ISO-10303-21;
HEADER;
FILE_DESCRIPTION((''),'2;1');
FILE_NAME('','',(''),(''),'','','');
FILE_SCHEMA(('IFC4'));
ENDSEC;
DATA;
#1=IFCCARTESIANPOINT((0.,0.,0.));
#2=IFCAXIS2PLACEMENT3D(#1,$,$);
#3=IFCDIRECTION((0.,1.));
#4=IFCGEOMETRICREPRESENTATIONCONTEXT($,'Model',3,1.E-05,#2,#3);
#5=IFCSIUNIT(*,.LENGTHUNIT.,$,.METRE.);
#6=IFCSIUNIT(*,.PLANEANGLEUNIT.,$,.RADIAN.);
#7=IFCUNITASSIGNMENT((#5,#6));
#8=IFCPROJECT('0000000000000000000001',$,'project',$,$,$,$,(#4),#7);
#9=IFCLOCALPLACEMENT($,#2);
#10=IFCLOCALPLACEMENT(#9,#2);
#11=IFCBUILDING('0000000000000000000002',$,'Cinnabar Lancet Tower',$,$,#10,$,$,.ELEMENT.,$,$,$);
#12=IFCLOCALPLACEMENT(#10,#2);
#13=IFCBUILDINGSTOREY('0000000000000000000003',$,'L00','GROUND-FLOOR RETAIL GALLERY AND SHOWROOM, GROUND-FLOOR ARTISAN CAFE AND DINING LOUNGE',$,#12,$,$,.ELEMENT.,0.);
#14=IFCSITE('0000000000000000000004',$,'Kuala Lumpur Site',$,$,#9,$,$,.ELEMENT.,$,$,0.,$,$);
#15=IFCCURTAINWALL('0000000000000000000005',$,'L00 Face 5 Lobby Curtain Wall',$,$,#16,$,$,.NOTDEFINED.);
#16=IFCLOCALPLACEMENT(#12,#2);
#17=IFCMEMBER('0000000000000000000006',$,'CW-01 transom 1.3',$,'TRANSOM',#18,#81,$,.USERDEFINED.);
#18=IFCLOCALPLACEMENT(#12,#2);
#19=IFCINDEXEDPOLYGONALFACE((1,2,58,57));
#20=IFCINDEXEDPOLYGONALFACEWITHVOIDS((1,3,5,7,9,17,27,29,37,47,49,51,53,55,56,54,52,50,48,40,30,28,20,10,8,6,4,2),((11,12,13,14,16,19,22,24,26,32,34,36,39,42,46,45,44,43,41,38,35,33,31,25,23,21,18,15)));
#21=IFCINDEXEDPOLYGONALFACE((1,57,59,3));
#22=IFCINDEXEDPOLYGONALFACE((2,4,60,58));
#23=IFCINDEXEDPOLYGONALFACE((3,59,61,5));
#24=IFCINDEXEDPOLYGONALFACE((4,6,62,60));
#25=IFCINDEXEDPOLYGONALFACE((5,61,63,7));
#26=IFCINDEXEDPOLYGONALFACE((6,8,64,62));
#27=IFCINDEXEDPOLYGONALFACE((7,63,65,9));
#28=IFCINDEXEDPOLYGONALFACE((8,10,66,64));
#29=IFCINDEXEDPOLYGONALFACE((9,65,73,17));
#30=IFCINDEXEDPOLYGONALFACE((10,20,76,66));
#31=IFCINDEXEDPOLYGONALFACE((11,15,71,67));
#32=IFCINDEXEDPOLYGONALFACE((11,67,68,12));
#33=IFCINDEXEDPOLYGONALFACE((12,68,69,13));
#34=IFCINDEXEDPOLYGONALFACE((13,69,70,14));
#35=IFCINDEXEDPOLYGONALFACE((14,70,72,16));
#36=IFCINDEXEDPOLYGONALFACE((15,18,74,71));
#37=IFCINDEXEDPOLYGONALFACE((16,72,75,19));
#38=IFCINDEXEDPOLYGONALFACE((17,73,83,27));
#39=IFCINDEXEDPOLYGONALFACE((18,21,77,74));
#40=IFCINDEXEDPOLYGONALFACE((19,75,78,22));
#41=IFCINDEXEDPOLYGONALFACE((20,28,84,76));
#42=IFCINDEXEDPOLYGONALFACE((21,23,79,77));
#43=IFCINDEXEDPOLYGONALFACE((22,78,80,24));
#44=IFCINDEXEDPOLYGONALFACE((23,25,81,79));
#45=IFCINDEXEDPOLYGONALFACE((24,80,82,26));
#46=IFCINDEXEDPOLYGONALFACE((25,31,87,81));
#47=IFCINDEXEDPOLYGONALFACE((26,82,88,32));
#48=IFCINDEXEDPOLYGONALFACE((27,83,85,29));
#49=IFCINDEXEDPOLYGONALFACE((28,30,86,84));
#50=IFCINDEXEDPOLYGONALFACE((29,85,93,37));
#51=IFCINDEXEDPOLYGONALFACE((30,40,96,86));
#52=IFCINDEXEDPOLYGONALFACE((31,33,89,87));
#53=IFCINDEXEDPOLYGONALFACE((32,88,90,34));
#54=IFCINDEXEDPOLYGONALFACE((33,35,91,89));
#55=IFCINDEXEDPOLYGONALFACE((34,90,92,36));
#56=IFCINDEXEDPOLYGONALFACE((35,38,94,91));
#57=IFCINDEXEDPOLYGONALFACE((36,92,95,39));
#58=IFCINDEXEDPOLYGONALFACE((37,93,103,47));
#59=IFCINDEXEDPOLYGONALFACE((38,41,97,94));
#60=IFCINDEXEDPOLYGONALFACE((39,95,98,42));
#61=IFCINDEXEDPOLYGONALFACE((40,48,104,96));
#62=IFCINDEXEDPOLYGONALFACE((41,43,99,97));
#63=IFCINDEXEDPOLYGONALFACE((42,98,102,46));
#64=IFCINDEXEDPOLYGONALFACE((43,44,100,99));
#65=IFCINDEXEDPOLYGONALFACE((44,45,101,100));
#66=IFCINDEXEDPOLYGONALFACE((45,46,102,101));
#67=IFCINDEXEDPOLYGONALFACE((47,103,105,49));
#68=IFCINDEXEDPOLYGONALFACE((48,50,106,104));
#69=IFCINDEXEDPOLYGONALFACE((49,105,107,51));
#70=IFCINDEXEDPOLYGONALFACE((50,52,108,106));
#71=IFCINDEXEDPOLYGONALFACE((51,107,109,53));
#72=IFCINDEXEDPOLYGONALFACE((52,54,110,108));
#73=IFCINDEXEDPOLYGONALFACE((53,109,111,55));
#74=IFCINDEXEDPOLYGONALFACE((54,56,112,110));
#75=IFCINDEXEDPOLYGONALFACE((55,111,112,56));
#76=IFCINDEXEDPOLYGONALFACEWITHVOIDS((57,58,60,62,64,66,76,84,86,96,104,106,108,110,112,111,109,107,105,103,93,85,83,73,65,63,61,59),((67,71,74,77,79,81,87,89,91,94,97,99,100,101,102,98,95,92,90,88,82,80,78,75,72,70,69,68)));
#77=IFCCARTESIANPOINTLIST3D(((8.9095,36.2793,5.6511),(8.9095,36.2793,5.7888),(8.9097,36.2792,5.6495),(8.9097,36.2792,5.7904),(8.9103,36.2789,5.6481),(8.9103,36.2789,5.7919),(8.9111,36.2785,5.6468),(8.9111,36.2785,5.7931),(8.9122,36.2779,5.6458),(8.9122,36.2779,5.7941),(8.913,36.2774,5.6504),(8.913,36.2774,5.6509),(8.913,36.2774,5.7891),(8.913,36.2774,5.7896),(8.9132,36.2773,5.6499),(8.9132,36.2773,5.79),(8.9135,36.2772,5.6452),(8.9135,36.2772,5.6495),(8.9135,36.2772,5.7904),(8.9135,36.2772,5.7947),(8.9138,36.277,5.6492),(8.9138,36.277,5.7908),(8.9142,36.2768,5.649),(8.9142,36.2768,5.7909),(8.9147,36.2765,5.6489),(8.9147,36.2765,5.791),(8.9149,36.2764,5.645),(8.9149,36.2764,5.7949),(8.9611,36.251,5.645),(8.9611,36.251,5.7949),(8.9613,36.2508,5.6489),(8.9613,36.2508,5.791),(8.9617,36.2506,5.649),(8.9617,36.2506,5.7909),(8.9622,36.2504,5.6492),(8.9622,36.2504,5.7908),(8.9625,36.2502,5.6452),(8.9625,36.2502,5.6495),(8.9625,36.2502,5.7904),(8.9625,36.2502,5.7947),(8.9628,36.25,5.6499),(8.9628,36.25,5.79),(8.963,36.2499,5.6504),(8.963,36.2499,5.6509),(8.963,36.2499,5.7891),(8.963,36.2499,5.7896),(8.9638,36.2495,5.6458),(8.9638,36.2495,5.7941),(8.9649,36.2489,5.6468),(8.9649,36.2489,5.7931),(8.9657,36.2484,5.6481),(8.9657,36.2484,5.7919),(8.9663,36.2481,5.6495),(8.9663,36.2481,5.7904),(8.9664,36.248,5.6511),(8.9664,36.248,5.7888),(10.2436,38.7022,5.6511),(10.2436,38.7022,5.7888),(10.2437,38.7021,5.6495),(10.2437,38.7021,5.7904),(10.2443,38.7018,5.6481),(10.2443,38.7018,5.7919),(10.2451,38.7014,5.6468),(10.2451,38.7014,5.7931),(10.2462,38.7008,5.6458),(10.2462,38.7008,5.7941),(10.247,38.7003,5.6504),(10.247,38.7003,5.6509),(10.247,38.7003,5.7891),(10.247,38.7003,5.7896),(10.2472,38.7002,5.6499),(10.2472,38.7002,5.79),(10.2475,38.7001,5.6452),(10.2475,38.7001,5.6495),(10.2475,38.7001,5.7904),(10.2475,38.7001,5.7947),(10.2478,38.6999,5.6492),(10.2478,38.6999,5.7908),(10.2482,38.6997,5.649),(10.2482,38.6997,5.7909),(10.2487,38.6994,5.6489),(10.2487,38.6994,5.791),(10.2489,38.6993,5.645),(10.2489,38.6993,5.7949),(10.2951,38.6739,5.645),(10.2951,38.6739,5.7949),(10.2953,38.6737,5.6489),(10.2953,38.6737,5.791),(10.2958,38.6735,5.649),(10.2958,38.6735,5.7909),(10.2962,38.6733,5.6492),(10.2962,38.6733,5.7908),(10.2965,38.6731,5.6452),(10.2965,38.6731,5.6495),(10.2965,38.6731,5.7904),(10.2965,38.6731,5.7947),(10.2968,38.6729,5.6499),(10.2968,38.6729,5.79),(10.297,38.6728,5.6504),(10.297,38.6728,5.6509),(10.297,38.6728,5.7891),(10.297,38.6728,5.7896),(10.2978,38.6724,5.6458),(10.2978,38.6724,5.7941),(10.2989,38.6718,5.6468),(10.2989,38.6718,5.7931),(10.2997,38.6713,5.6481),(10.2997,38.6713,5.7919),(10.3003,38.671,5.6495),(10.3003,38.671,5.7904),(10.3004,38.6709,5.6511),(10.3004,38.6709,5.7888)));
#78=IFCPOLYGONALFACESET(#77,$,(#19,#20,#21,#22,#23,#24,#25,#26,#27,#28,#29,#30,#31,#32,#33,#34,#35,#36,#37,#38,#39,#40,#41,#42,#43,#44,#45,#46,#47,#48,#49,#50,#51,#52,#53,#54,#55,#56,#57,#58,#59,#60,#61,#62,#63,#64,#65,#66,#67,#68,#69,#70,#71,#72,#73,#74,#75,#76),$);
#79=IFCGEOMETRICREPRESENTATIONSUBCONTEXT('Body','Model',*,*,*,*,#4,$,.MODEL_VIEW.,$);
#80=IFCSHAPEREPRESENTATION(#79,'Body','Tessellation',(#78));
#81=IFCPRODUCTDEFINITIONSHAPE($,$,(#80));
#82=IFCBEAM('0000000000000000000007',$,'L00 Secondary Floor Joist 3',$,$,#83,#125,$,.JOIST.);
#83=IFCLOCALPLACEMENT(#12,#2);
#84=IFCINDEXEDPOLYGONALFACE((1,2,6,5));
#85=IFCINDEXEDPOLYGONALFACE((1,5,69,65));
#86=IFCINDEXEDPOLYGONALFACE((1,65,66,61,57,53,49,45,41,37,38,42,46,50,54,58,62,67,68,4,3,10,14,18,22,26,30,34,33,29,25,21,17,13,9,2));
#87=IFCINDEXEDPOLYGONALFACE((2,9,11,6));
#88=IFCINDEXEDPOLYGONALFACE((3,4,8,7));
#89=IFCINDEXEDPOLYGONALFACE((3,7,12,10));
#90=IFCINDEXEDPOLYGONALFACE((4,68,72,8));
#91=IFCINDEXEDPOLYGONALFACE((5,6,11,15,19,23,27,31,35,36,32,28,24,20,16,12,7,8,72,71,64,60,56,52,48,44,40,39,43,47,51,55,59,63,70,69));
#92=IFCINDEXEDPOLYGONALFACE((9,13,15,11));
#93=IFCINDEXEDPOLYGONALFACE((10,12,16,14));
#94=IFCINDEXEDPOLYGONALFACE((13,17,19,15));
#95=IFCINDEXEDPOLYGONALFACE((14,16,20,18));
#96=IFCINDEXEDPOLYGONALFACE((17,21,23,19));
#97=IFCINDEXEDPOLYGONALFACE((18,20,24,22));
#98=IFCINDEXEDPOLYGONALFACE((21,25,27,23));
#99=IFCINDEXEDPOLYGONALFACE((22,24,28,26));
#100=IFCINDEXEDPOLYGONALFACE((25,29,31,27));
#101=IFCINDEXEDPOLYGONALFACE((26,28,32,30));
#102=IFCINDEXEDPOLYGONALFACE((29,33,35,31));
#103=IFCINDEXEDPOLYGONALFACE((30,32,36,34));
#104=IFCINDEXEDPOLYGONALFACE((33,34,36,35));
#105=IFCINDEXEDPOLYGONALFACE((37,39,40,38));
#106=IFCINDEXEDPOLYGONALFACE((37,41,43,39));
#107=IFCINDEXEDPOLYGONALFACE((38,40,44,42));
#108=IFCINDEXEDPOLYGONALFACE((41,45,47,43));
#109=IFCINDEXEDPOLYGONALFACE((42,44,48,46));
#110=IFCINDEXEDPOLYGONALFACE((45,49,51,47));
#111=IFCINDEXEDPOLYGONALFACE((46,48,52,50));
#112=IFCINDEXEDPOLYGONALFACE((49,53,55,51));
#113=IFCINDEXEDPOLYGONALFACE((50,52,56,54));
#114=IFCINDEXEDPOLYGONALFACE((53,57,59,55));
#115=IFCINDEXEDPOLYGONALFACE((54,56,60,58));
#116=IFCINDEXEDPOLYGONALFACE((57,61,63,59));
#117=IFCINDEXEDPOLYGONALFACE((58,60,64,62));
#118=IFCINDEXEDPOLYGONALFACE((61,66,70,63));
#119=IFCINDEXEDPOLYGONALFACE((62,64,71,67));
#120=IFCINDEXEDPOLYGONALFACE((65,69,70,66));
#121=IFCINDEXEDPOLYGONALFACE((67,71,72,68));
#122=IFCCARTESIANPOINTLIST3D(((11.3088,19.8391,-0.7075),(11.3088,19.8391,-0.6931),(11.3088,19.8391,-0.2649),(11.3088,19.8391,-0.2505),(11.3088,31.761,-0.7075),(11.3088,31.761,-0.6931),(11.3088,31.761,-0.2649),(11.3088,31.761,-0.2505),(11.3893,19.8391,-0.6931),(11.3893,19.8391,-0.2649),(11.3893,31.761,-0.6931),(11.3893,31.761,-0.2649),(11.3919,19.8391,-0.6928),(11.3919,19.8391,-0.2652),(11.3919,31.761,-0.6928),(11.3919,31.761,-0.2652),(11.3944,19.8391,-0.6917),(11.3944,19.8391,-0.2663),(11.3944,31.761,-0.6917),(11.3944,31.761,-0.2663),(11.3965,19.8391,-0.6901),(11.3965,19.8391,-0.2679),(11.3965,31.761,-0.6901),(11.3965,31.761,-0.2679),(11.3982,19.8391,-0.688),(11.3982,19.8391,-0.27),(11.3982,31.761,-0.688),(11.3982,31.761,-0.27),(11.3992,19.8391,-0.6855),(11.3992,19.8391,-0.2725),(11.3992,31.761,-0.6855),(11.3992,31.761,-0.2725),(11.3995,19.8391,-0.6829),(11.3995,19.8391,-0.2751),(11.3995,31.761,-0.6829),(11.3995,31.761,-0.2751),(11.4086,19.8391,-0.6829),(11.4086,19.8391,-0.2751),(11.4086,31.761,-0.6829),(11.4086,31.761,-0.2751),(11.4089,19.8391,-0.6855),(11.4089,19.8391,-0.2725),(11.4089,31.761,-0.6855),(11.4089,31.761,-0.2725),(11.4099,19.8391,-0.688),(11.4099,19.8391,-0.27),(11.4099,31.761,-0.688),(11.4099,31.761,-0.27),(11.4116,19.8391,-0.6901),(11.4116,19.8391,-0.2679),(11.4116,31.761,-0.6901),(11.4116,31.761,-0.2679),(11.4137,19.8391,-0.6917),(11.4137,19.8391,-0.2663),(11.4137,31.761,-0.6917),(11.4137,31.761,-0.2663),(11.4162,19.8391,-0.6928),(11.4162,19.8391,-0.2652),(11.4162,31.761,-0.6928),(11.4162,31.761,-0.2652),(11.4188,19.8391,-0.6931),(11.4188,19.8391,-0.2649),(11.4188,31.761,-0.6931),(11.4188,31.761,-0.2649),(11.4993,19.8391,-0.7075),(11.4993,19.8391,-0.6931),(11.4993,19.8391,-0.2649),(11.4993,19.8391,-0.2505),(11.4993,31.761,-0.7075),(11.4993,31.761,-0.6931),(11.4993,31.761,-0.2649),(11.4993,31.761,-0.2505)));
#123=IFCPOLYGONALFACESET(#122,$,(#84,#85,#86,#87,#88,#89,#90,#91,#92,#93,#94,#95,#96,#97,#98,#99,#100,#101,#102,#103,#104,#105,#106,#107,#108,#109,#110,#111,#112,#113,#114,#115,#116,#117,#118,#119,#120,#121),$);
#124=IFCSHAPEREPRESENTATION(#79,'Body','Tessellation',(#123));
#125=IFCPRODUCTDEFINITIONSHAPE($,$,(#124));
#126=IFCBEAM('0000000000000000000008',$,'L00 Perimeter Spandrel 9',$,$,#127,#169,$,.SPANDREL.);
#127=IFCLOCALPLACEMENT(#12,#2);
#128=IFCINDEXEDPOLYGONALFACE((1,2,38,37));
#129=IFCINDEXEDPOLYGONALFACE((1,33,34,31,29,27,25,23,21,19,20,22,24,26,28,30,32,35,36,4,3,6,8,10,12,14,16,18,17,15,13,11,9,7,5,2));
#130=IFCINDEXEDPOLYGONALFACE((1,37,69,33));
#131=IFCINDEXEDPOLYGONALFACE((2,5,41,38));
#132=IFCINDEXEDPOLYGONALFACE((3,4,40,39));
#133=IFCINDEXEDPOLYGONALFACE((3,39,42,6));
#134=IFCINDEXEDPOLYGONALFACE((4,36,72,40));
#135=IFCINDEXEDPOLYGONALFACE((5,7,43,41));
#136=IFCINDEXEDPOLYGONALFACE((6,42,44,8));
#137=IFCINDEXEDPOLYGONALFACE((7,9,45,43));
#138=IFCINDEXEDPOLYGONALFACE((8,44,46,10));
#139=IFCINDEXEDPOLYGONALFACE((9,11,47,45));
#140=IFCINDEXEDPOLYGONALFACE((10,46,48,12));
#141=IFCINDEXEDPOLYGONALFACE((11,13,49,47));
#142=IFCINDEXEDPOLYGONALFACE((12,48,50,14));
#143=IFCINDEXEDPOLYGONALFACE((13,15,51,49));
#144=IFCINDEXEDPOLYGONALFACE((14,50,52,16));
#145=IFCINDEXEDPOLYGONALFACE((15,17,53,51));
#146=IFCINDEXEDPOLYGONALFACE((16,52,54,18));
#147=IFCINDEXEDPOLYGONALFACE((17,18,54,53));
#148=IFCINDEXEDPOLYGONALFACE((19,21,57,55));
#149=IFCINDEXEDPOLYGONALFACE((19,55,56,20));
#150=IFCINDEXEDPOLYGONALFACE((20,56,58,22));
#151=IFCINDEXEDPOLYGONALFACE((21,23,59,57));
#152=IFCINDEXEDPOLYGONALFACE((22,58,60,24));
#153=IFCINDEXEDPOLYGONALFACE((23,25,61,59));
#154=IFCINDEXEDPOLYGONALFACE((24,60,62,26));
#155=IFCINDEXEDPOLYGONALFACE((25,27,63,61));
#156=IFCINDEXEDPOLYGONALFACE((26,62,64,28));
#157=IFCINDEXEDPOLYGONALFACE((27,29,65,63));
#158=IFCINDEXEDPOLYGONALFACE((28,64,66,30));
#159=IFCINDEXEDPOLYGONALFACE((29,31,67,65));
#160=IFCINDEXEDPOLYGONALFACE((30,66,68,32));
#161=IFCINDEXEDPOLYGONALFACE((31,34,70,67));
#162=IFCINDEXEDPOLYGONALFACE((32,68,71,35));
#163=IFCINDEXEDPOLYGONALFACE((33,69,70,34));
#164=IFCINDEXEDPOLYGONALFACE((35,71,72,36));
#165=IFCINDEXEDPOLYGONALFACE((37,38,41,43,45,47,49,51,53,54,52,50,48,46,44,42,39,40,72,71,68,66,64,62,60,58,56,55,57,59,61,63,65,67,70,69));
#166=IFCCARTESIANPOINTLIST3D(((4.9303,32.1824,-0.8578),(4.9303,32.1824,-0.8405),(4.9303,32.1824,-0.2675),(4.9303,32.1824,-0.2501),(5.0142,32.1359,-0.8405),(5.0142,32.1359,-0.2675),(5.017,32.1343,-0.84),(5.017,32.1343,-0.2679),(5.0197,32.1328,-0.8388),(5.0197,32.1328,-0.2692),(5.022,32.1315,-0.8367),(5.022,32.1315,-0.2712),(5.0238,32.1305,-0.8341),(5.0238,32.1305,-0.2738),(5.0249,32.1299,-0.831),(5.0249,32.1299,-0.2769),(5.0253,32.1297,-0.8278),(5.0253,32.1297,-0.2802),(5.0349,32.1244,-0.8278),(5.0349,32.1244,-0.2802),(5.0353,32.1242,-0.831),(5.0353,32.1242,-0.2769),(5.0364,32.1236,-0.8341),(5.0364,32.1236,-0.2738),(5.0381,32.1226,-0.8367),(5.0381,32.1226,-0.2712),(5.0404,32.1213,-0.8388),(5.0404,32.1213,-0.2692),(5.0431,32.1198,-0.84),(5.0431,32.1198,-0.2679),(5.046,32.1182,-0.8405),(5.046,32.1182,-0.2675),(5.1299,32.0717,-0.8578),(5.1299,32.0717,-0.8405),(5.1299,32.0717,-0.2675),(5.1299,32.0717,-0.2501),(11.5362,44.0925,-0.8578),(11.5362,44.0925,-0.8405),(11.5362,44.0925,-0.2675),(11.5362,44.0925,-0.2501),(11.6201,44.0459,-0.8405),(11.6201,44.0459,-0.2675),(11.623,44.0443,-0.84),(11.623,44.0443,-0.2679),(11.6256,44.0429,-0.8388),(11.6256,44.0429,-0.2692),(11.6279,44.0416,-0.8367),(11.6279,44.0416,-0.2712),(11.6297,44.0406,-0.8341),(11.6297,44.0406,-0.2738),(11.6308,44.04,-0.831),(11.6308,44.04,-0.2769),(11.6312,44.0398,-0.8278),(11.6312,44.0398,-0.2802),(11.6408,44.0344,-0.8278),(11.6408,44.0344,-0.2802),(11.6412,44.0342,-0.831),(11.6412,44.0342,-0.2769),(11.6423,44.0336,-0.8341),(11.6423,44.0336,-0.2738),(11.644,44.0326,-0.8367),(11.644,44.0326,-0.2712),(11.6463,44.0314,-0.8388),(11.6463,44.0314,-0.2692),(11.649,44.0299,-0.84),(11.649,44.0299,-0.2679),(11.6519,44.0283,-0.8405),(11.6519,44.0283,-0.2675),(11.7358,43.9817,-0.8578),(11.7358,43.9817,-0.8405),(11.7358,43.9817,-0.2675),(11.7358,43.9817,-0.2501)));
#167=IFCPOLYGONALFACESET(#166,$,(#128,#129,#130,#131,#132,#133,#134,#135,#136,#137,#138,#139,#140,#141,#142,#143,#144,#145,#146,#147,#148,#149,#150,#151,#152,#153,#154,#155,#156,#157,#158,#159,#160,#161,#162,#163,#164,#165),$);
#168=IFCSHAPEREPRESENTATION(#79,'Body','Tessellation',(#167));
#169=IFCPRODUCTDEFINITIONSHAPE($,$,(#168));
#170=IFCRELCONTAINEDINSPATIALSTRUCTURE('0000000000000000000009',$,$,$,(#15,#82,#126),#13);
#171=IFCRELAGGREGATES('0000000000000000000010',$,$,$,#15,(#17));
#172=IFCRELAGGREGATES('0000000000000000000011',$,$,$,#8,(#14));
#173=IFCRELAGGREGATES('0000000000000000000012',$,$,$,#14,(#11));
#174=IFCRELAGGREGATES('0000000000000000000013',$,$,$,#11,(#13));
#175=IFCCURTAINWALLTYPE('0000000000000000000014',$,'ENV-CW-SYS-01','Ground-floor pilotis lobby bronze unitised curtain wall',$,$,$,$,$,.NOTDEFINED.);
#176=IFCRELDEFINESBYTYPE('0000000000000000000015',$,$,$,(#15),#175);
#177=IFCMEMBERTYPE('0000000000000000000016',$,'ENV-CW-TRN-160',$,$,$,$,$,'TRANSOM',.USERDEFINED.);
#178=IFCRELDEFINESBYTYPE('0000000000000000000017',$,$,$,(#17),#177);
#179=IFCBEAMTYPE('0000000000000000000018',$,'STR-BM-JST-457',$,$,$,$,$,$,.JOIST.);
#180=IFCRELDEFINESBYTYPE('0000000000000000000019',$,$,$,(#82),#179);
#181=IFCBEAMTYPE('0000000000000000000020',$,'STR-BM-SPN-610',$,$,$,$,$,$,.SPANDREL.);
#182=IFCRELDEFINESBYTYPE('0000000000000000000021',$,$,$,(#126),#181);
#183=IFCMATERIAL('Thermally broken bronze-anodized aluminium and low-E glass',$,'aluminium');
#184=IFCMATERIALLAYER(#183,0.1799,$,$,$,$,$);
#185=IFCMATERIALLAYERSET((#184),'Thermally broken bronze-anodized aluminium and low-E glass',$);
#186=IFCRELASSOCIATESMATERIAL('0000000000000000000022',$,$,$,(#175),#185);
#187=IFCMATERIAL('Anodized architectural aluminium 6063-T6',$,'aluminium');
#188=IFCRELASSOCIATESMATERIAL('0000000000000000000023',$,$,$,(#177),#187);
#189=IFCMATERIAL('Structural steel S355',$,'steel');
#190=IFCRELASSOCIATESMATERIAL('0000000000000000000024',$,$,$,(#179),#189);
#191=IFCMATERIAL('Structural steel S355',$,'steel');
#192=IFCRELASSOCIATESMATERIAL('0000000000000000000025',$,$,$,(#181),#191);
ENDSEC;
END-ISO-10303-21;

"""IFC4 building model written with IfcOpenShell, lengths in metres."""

from ifc_helpers import new_model, si_unit, direction, frame, origin, origin_2d, place, context, subcontext, project, spatial, hollow_rectangle, i_section, extrude, material, layer, layer_set, material_profile, profile_set, type_object, element, aggregate, save


model = new_model("IFC4")

# Units and contexts
model_context = context("Model", 3, precision=1e-05, world=origin(), true_north=direction((0.0, 1.0)))
body_context = subcontext(model_context, "Body", "Model", "MODEL_VIEW")
ifc_project = project(units=[si_unit("LENGTHUNIT", "METRE"), si_unit("PLANEANGLEUNIT", "RADIAN")], contexts=[model_context])

# Site, building, storey
site_placement = place(None, origin())
site = spatial("IfcSite", under=ifc_project, at=site_placement, Name="Kuala Lumpur Site", CompositionType="ELEMENT", RefElevation=0.0)
building_placement = place(site_placement, origin())
building = spatial("IfcBuilding", under=site, at=building_placement, Name="Cinnabar Lancet Tower", CompositionType="ELEMENT")
storey_placement = place(building_placement, origin())
storey = spatial("IfcBuildingStorey", under=building, at=storey_placement, Name="L00", Description="GROUND-FLOOR RETAIL GALLERY AND SHOWROOM, GROUND-FLOOR ARTISAN CAFE AND DINING LOUNGE", CompositionType="ELEMENT", Elevation=0.0)

# Curtain wall, member
ifc_material_1 = material(Name="Thermally broken bronze-anodized aluminium and low-E glass", Category="aluminium")
ifc_layer_1 = layer(ifc_material_1, 0.1799)
ifc_layer_set_1 = layer_set([ifc_layer_1], Name="Thermally broken bronze-anodized aluminium and low-E glass")
curtain_wall_type = type_object("IfcCurtainWallType", Name="ENV-CW-SYS-01", Description="Ground-floor pilotis lobby bronze unitised curtain wall", PredefinedType="NOTDEFINED", material=ifc_layer_set_1)
curtain_wall_placement = place(storey_placement, origin())
curtain_wall = element("IfcCurtainWall", 1, at=curtain_wall_placement, inside=storey, type_object=curtain_wall_type, Name="L00 Face 5 Lobby Curtain Wall", PredefinedType="NOTDEFINED")
ifc_material_2 = material(Name="Anodized architectural aluminium 6063-T6", Category="aluminium")
ifc_material_profile_1 = material_profile(ifc_material_2, hollow_rectangle(XDim=0.0649, YDim=0.1499, WallThickness=0.0039, InnerFilletRadius=0.002, OuterFilletRadius=0.0061, at=origin_2d()), Name="CW-TRN 150x65x4")
ifc_profile_set_1 = profile_set([ifc_material_profile_1], Name="Anodized architectural aluminium 6063-T6")
member_type_1 = type_object("IfcMemberType", Name="ENV-CW-TRN-160", ElementType="TRANSOM", PredefinedType="USERDEFINED", material=ifc_profile_set_1)
member_1_placement = place(storey_placement, frame((8.938, 36.2637, 5.72), z_axis=(0.482312, 0.876, 0.0), x_axis=(-0.876, 0.482312, 0.0)))
member_1 = element("IfcMember", 2, at=member_1_placement, type_object=member_type_1, Name="CW-01 transom 1.3", ObjectType="TRANSOM", PredefinedType="USERDEFINED", context=body_context, shape_type="SweptSolid", body=[
    extrude(hollow_rectangle(XDim=0.0649, YDim=0.1499, WallThickness=0.0039, InnerFilletRadius=0.002, OuterFilletRadius=0.0061, at=origin_2d()), origin(), (0.0, 0.0, 1.0), 2.7659),
])

# Beams
ifc_material_3 = material(Name="Structural steel S355", Category="steel")
ifc_material_profile_2 = material_profile(ifc_material_3, i_section(OverallWidth=0.1904, OverallDepth=0.457, WebThickness=0.009, FlangeThickness=0.0144, FilletRadius=0.0103, at=origin_2d()), Name="UKB 457x191x74")
ifc_profile_set_2 = profile_set([ifc_material_profile_2], Name="Structural steel S355")
beam_type_1 = type_object("IfcBeamType", Name="STR-BM-JST-457", PredefinedType="JOIST", material=ifc_profile_set_2)
beam_1_placement = place(storey_placement, frame((11.4041, 31.761, -0.479), z_axis=(0.0, -1.0, 0.0), x_axis=(1.0, 0.0, 0.0)))
element("IfcBeam", 3, at=beam_1_placement, inside=storey, type_object=beam_type_1, Name="L00 Secondary Floor Joist 3", PredefinedType="JOIST", context=body_context, shape_type="SweptSolid", body=[
    extrude(i_section(OverallWidth=0.1904, OverallDepth=0.457, WebThickness=0.009, FlangeThickness=0.0144, FilletRadius=0.0103, at=origin_2d()), origin(), (0.0, 0.0, 1.0), 11.9219),
])
ifc_material_4 = material(Name="Structural steel S355", Category="steel")
ifc_material_profile_3 = material_profile(ifc_material_4, i_section(OverallWidth=0.2283, OverallDepth=0.6077, WebThickness=0.011, FlangeThickness=0.0173, FilletRadius=0.0127, at=origin_2d()), Name="UKB 610x229x113")
ifc_profile_set_3 = profile_set([ifc_material_profile_3], Name="Structural steel S355")
beam_type_2 = type_object("IfcBeamType", Name="STR-BM-SPN-610", PredefinedType="SPANDREL", material=ifc_profile_set_3)
beam_2_placement = place(storey_placement, frame((11.636, 44.0371, -0.554), z_axis=(-0.485037, -0.874494, 0.0), x_axis=(0.874494, -0.485037, 0.0)))
element("IfcBeam", 4, at=beam_2_placement, inside=storey, type_object=beam_type_2, Name="L00 Perimeter Spandrel 9", PredefinedType="SPANDREL", context=body_context, shape_type="SweptSolid", body=[
    extrude(i_section(OverallWidth=0.2283, OverallDepth=0.6077, WebThickness=0.011, FlangeThickness=0.0173, FilletRadius=0.0127, at=origin_2d()), origin(), (0.0, 0.0, 1.0), 13.6194),
])

aggregate(curtain_wall, [member_1])

save(model, "model.ifc")
